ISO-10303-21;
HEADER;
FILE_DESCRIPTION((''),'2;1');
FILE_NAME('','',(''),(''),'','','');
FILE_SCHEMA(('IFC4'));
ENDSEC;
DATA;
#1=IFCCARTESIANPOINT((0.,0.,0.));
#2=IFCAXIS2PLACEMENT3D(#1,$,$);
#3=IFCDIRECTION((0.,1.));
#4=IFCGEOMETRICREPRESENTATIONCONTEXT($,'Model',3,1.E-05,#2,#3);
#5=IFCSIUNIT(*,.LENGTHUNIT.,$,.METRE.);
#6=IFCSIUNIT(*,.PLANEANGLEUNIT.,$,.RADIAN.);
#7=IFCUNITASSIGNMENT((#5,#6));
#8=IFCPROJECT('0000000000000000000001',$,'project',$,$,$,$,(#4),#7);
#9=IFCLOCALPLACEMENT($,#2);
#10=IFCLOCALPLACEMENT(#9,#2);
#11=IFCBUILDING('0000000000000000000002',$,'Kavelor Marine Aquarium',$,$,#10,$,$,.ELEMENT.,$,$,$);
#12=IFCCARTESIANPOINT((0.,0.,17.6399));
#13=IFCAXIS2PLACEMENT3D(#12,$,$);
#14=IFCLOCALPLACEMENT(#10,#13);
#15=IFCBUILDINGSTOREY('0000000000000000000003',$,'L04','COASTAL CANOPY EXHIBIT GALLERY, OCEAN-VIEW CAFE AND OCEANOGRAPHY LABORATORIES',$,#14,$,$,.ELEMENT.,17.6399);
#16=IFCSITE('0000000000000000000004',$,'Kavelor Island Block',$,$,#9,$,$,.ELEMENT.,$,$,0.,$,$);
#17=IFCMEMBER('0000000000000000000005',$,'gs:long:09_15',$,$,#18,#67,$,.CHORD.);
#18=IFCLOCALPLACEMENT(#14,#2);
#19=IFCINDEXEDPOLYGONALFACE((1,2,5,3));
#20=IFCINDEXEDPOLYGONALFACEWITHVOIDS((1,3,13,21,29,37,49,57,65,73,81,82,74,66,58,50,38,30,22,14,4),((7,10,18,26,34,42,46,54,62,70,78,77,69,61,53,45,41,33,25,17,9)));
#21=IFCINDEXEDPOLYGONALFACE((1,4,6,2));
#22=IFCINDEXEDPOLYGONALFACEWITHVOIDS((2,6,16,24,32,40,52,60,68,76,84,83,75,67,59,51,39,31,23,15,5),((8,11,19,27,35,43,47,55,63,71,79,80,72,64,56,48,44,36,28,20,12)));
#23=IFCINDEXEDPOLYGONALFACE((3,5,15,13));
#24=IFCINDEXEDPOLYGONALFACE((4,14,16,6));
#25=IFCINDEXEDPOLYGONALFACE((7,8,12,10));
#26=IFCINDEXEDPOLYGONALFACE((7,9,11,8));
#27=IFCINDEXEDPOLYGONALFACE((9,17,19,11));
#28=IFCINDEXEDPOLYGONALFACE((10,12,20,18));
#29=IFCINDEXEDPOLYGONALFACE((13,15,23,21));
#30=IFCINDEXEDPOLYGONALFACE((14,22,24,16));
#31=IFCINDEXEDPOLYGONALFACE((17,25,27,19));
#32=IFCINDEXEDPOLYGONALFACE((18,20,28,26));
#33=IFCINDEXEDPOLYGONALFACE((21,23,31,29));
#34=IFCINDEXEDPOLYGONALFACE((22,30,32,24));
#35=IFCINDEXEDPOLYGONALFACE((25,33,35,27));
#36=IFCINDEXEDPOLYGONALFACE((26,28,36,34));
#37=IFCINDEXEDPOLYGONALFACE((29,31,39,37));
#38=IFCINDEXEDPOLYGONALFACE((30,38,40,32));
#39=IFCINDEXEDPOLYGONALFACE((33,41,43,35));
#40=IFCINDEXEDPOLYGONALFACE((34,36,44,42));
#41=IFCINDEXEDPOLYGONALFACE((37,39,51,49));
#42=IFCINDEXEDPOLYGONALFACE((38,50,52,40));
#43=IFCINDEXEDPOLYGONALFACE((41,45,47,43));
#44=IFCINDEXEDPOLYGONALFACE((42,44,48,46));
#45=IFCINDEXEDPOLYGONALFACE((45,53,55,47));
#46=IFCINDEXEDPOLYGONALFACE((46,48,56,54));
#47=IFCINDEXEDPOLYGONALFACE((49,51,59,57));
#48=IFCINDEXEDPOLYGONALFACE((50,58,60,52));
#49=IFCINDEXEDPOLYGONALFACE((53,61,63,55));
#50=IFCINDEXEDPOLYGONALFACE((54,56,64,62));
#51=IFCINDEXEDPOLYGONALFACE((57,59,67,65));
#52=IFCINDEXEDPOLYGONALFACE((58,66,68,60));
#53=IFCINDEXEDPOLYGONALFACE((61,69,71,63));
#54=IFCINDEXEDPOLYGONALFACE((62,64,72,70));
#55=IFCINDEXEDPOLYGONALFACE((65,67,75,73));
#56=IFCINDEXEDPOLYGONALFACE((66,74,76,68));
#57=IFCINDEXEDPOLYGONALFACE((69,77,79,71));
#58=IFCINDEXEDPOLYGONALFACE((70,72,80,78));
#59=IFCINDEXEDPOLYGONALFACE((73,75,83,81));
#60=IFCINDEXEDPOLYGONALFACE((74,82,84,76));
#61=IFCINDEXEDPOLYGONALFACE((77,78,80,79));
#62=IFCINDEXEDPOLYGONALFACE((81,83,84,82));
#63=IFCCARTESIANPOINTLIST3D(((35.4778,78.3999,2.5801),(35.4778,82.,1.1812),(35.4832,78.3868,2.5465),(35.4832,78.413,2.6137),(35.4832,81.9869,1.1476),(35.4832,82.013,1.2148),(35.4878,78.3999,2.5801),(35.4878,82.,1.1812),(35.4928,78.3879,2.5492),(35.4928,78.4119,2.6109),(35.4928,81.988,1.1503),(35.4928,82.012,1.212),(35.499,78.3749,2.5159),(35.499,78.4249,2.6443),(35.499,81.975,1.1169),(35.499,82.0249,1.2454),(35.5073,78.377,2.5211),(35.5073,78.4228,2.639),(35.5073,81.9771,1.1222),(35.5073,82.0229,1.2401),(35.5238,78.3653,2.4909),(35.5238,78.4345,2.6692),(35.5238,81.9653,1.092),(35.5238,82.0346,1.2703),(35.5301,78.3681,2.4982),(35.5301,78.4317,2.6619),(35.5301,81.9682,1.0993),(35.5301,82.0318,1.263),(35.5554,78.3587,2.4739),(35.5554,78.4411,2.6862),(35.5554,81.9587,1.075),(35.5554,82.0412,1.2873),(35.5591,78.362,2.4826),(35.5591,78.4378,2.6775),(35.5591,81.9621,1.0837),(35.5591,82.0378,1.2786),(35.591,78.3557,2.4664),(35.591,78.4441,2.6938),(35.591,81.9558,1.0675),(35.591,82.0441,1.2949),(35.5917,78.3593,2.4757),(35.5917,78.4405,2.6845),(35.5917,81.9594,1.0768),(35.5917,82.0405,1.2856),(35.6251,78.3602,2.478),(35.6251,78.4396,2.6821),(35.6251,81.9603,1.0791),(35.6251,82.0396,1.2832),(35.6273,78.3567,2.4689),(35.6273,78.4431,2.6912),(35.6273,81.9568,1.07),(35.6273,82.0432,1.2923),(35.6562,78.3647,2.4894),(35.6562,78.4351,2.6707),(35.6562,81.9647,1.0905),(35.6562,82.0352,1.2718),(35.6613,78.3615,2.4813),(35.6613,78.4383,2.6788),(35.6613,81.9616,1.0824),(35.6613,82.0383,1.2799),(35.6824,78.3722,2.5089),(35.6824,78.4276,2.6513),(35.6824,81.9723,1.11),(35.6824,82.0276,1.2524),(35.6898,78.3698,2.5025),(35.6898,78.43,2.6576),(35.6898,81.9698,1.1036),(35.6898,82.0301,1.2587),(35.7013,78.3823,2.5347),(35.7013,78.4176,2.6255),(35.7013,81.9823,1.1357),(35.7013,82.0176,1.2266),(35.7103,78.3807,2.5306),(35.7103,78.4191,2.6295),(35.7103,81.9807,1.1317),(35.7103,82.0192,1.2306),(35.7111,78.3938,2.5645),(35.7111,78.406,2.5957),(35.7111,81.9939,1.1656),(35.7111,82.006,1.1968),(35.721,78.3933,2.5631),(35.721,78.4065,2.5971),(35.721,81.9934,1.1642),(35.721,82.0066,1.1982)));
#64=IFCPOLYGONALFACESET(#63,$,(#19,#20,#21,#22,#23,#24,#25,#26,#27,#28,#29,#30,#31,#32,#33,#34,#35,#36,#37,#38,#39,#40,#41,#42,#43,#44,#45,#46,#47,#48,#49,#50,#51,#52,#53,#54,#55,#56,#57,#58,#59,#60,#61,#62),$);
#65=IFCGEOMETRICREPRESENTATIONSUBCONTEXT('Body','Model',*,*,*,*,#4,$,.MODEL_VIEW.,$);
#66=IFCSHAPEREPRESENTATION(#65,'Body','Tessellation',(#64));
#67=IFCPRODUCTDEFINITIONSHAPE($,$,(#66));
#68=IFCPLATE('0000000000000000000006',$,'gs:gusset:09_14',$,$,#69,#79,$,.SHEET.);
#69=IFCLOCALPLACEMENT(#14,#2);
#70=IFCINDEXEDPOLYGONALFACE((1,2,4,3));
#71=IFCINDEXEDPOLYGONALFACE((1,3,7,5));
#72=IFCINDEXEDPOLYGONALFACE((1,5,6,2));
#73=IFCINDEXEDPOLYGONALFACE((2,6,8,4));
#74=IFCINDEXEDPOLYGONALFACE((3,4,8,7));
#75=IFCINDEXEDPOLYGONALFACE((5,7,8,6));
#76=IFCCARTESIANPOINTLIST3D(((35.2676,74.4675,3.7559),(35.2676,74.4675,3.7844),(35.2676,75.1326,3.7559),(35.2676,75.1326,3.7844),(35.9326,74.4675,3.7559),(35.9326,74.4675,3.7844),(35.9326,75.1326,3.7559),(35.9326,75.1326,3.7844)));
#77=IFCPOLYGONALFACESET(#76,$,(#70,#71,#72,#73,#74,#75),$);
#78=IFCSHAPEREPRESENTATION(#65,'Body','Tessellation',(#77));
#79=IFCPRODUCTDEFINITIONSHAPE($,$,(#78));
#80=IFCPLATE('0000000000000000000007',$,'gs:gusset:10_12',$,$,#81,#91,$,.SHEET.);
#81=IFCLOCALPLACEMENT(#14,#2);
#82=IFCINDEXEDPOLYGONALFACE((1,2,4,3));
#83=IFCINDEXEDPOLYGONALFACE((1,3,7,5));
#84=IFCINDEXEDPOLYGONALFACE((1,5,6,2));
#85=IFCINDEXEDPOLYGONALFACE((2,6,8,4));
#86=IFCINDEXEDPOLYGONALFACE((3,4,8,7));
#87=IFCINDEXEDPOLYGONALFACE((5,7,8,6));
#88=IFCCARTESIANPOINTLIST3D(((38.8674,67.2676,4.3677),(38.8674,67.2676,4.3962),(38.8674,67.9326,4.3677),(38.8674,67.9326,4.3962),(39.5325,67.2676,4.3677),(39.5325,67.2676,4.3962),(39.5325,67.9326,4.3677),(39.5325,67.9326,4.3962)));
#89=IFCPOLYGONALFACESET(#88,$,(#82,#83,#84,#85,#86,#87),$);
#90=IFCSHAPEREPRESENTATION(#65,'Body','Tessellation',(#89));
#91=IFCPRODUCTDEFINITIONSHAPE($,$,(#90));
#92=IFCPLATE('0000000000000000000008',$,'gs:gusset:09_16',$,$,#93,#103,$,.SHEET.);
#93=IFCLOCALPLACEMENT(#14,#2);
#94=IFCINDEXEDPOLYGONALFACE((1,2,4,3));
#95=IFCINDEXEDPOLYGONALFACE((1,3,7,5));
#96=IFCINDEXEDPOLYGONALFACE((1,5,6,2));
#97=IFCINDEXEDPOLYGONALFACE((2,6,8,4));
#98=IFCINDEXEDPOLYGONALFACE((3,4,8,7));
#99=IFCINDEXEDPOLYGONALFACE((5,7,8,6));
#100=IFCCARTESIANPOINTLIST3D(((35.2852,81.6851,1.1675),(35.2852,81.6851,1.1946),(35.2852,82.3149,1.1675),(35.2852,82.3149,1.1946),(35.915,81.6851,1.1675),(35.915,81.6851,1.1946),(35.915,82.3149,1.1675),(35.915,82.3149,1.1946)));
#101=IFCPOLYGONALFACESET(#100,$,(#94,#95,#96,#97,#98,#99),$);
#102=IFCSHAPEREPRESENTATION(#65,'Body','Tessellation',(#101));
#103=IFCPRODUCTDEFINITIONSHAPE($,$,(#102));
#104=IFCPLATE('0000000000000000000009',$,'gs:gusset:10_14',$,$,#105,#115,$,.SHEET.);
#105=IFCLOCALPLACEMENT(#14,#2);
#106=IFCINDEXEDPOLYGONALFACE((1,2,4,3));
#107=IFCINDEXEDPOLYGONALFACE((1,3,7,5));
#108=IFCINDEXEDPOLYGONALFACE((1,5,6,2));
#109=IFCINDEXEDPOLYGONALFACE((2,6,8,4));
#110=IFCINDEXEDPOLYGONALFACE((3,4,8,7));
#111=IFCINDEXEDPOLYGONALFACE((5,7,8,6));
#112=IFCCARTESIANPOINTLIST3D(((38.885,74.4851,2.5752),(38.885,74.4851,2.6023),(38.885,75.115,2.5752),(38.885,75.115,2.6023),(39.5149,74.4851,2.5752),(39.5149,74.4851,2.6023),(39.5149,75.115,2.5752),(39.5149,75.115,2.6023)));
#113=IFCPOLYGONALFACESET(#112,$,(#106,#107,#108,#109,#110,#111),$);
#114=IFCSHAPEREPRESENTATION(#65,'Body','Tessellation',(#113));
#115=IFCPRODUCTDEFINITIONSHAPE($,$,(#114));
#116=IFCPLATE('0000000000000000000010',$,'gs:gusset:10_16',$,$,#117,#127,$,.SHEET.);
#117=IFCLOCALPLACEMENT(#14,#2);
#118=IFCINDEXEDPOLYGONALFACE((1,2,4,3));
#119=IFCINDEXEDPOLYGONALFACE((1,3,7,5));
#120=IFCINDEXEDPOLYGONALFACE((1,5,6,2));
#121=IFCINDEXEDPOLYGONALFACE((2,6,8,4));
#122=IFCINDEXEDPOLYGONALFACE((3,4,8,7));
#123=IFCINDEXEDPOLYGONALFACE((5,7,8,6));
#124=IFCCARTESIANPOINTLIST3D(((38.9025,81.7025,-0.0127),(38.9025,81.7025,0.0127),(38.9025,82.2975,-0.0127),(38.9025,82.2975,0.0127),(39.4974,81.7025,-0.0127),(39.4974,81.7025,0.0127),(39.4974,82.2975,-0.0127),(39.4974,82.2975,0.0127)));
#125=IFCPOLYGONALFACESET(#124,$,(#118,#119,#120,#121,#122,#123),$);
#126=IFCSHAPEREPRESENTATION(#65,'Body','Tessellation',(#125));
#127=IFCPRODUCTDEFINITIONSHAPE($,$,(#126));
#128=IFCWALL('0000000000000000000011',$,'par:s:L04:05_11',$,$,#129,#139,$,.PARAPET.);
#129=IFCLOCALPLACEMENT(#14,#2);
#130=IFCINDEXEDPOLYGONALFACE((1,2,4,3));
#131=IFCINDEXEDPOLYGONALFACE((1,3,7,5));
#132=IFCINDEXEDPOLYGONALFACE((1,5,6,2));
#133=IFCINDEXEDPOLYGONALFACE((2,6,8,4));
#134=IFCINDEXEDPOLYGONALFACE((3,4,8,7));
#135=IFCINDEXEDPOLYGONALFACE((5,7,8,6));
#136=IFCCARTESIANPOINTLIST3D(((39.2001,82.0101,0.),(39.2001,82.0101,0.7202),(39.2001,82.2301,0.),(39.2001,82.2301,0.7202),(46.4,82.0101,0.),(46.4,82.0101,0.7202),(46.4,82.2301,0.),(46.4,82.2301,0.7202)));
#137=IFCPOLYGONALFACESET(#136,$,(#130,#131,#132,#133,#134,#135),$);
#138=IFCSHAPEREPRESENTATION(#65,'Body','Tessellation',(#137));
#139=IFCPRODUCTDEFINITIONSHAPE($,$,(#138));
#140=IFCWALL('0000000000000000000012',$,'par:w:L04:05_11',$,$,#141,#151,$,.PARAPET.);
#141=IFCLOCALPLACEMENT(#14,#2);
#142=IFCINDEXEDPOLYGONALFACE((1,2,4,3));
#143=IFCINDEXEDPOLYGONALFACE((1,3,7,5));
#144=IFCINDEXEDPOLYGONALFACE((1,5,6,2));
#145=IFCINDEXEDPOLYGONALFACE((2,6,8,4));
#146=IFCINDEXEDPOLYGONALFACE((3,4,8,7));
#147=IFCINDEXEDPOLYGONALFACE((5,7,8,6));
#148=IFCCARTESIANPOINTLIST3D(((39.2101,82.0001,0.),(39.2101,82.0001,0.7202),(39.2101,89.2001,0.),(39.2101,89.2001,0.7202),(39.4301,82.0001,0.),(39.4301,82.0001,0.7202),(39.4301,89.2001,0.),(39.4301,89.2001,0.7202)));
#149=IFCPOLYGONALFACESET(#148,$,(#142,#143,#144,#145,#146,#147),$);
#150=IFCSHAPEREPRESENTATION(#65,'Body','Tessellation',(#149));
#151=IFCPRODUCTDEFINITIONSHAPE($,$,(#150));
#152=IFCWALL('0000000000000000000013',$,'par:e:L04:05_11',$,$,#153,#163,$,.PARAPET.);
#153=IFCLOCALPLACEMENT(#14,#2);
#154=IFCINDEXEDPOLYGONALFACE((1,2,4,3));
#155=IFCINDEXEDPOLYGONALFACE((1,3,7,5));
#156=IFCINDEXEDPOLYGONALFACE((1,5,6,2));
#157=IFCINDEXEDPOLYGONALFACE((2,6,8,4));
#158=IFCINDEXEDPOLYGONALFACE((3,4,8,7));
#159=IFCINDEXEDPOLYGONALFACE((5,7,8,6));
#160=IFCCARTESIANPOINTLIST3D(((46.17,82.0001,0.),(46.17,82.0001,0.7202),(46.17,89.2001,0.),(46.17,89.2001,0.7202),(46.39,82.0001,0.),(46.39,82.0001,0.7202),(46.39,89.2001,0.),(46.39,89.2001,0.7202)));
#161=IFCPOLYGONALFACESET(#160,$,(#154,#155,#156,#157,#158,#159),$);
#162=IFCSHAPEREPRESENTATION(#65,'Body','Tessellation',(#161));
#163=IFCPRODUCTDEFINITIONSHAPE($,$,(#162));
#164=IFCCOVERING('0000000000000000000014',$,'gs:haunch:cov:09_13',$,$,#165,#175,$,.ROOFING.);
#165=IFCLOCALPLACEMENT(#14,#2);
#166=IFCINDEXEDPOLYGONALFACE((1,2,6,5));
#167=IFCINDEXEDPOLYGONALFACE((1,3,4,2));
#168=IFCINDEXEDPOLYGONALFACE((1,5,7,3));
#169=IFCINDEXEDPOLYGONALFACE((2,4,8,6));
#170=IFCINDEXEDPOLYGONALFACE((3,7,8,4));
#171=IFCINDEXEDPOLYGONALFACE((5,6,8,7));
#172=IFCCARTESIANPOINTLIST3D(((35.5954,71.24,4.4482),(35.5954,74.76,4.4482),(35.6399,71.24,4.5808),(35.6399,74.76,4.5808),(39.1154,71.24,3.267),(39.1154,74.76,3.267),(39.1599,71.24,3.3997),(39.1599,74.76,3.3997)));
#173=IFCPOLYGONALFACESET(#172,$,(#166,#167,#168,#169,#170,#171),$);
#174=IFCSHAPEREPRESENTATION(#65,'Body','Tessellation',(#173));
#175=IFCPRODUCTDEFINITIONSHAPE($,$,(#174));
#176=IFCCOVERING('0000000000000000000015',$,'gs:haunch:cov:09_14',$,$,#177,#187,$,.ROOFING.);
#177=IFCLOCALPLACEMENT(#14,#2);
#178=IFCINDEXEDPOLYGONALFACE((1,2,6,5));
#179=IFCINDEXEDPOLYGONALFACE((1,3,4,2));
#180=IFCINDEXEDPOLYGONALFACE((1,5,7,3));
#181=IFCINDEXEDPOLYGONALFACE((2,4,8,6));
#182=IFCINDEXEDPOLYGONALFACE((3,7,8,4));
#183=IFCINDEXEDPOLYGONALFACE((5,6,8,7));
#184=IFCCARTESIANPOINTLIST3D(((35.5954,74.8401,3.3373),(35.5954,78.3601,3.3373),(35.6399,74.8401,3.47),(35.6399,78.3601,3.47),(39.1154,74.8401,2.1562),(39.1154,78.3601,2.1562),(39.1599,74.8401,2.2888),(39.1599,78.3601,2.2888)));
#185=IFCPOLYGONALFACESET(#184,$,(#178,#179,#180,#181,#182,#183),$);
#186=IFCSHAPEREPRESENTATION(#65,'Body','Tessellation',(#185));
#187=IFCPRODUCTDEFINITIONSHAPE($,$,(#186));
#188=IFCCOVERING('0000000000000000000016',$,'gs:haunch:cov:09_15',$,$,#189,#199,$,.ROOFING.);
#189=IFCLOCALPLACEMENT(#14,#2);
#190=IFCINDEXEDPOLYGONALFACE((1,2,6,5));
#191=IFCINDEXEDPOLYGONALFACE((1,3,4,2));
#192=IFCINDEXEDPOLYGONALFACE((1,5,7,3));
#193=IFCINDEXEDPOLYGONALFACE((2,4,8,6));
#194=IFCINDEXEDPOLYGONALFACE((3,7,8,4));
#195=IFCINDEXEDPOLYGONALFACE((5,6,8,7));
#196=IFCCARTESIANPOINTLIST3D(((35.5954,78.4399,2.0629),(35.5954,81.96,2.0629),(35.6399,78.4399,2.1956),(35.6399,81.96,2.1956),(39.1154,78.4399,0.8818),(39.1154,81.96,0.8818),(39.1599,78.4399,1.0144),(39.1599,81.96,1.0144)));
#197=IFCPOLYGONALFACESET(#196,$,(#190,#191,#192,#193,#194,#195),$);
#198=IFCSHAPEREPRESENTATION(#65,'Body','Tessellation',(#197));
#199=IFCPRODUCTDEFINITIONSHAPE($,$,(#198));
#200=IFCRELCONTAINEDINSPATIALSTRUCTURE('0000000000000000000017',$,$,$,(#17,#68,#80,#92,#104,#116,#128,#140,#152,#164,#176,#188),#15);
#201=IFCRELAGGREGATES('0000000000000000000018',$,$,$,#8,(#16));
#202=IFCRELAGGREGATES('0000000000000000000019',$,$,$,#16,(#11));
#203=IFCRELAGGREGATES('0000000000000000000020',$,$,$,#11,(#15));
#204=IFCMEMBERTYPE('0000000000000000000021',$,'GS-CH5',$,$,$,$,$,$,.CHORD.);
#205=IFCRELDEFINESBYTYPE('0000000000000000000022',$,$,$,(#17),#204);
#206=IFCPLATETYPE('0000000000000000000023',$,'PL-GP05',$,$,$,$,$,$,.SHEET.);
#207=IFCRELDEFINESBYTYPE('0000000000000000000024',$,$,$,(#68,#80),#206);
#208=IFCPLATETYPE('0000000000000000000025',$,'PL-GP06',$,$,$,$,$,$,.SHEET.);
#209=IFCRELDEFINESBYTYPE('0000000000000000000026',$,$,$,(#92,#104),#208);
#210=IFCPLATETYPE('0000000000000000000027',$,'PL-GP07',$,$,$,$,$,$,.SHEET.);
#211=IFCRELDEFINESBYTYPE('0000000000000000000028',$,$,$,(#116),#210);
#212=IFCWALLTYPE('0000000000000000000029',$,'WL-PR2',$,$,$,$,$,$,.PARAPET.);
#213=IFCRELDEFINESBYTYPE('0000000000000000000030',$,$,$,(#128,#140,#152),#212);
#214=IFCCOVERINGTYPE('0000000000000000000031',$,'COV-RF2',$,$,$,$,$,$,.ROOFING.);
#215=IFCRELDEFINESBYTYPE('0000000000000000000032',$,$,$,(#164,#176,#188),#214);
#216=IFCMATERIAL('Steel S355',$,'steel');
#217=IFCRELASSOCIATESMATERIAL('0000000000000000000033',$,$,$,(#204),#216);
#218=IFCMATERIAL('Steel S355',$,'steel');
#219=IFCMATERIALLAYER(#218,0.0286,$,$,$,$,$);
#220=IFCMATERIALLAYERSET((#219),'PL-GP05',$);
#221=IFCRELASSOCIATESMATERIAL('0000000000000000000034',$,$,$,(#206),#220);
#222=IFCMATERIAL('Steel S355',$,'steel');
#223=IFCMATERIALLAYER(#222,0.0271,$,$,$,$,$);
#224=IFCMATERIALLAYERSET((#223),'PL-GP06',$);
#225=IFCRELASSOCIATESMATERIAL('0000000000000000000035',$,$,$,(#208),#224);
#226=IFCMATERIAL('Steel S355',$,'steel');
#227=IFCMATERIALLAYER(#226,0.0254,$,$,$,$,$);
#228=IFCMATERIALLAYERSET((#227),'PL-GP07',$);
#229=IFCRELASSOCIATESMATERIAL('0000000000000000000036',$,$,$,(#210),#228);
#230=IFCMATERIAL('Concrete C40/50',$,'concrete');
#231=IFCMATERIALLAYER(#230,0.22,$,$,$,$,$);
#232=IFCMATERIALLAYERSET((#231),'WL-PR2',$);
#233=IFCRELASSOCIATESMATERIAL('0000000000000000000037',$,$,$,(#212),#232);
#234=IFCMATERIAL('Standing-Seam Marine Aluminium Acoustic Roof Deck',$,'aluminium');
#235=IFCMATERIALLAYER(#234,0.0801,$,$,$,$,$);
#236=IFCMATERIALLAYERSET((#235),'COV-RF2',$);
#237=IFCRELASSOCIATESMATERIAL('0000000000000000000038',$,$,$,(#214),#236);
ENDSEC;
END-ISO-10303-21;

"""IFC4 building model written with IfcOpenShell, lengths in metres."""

from ifc_helpers import new_model, si_unit, direction, frame, frame_2d, origin, origin_2d, place, context, subcontext, project, spatial, polyline, rectangle, hollow_circle, outline, extrude, material, layer, layer_set, material_profile, profile_set, type_object, element, save


model = new_model("IFC4")

# Units and contexts
model_context = context("Model", 3, precision=1e-05, world=origin(), true_north=direction((0.0, 1.0)))
body_context = subcontext(model_context, "Body", "Model", "MODEL_VIEW")
ifc_project = project(units=[si_unit("LENGTHUNIT", "METRE"), si_unit("PLANEANGLEUNIT", "RADIAN")], contexts=[model_context])

# Site, building, storey
site_placement = place(None, origin())
site = spatial("IfcSite", under=ifc_project, at=site_placement, Name="Kavelor Island Block", CompositionType="ELEMENT", RefElevation=0.0)
building_placement = place(site_placement, origin())
building = spatial("IfcBuilding", under=site, at=building_placement, Name="Kavelor Marine Aquarium", CompositionType="ELEMENT")
storey_placement = place(building_placement, frame((0.0, 0.0, 17.6399)))
storey = spatial("IfcBuildingStorey", under=building, at=storey_placement, Name="L04", Description="COASTAL CANOPY EXHIBIT GALLERY, OCEAN-VIEW CAFE AND OCEANOGRAPHY LABORATORIES", CompositionType="ELEMENT", Elevation=17.6399)

# Member
ifc_material_1 = material(Name="Steel S355", Category="steel")
ifc_material_profile_1 = material_profile(ifc_material_1, hollow_circle(Radius=0.1223, WallThickness=0.01, at=origin_2d()), Name="CHS 244.5x10.0")
ifc_profile_set_1 = profile_set([ifc_material_profile_1], Name="Steel S355")
member_type_1 = type_object("IfcMemberType", Name="GS-CH5", PredefinedType="CHORD", material=ifc_profile_set_1)
member_1_placement = place(storey_placement, frame((35.6001, 78.3999, 2.5801), z_axis=(0.0, 0.932102, -0.362196), x_axis=(-1.0, 0.0, 0.0)))
element("IfcMember", 1, at=member_1_placement, inside=storey, type_object=member_type_1, Name="gs:long:09_15", PredefinedType="CHORD", context=body_context, shape_type="SweptSolid", body=[
    extrude(hollow_circle(Radius=0.1223, WallThickness=0.01, at=origin_2d()), origin(), (0.0, 0.0, 1.0), 3.8623),
])

# Plates
ifc_material_2 = material(Name="Steel S355", Category="steel")
ifc_layer_1 = layer(ifc_material_2, 0.0286)
ifc_layer_set_1 = layer_set([ifc_layer_1], Name="PL-GP05")
plate_type_1 = type_object("IfcPlateType", Name="PL-GP05", PredefinedType="SHEET", material=ifc_layer_set_1)
for number, where, z_axis, x_axis, name in (
    (2, (35.6001, 74.8, 3.7559), (0.0, 0.0, 1.0), (1.0, 0.0, 0.0), "gs:gusset:09_14"),
    (3, (39.2, 67.6001, 4.3677), (0.0, 0.0, 1.0), (1.0, 0.0, 0.0), "gs:gusset:10_12"),
):
    element("IfcPlate", number, at=place(storey_placement, frame(where, z_axis=z_axis, x_axis=x_axis)), inside=storey, type_object=plate_type_1, Name=name, PredefinedType="SHEET", context=body_context, shape_type="SweptSolid", body=[
        extrude(rectangle(XDim=0.665, YDim=0.665, at=origin_2d()), origin(), (0.0, 0.0, 1.0), 0.0286),
    ])
ifc_material_3 = material(Name="Steel S355", Category="steel")
ifc_layer_2 = layer(ifc_material_3, 0.0271)
ifc_layer_set_2 = layer_set([ifc_layer_2], Name="PL-GP06")
plate_type_2 = type_object("IfcPlateType", Name="PL-GP06", PredefinedType="SHEET", material=ifc_layer_set_2)
for number, where, z_axis, x_axis, name in (
    (4, (35.6001, 82.0, 1.1675), (0.0, 0.0, 1.0), (1.0, 0.0, 0.0), "gs:gusset:09_16"),
    (5, (39.2, 74.8, 2.5752), (0.0, 0.0, 1.0), (1.0, 0.0, 0.0), "gs:gusset:10_14"),
):
    element("IfcPlate", number, at=place(storey_placement, frame(where, z_axis=z_axis, x_axis=x_axis)), inside=storey, type_object=plate_type_2, Name=name, PredefinedType="SHEET", context=body_context, shape_type="SweptSolid", body=[
        extrude(rectangle(XDim=0.6299, YDim=0.6299, at=origin_2d()), origin(), (0.0, 0.0, 1.0), 0.0271),
    ])
ifc_material_4 = material(Name="Steel S355", Category="steel")
ifc_layer_3 = layer(ifc_material_4, 0.0254)
ifc_layer_set_3 = layer_set([ifc_layer_3], Name="PL-GP07")
plate_type_3 = type_object("IfcPlateType", Name="PL-GP07", PredefinedType="SHEET", material=ifc_layer_set_3)
plate_placement = place(storey_placement, frame((39.2, 82.0, -0.0127), z_axis=(0.0, 0.0, 1.0), x_axis=(1.0, 0.0, 0.0)))
element("IfcPlate", 6, at=plate_placement, inside=storey, type_object=plate_type_3, Name="gs:gusset:10_16", PredefinedType="SHEET", context=body_context, shape_type="SweptSolid", body=[
    extrude(rectangle(XDim=0.595, YDim=0.595, at=origin_2d()), origin(), (0.0, 0.0, 1.0), 0.0254),
])

# Walls
ifc_material_5 = material(Name="Concrete C40/50", Category="concrete")
ifc_layer_4 = layer(ifc_material_5, 0.22)
ifc_layer_set_4 = layer_set([ifc_layer_4], Name="WL-PR2")
wall_type = type_object("IfcWallType", Name="WL-PR2", PredefinedType="PARAPET", material=ifc_layer_set_4)
for number, where, z_axis, x_axis, name in (
    (7, (39.2, 82.1201, 0.0), (0.0, 0.0, 1.0), (1.0, 0.0, 0.0), "par:s:L04:05_11"),
    (8, (39.3201, 82.0, 0.0), (0.0, 0.0, 1.0), (0.0, 1.0, 0.0), "par:w:L04:05_11"),
    (9, (46.28, 82.0, 0.0), (0.0, 0.0, 1.0), (0.0, 1.0, 0.0), "par:e:L04:05_11"),
):
    element("IfcWall", number, at=place(storey_placement, frame(where, z_axis=z_axis, x_axis=x_axis)), inside=storey, type_object=wall_type, Name=name, PredefinedType="PARAPET", context=body_context, shape_type="SweptSolid", body=[
        extrude(rectangle(XDim=7.2, YDim=0.22, at=frame_2d((3.6001, 0.0))), origin(), (0.0, 0.0, 1.0), 0.7202),
    ])

# Coverings
ifc_material_6 = material(Name="Standing-Seam Marine Aluminium Acoustic Roof Deck", Category="aluminium")
ifc_layer_5 = layer(ifc_material_6, 0.0801)
ifc_layer_set_5 = layer_set([ifc_layer_5], Name="COV-RF2")
covering_type = type_object("IfcCoveringType", Name="COV-RF2", PredefinedType="ROOFING", material=ifc_layer_set_5)
for number, where, z_axis, x_axis, name in (
    (10, (35.6399, 71.24, 4.5808), (0.318121, 0.0, 0.94805), (0.94805, 0.0, -0.318121), "gs:haunch:cov:09_13"),
    (11, (35.6399, 74.8401, 3.47), (0.318121, 0.0, 0.94805), (0.94805, 0.0, -0.318121), "gs:haunch:cov:09_14"),
    (12, (35.6399, 78.4399, 2.1956), (0.318121, 0.0, 0.94805), (0.94805, 0.0, -0.318121), "gs:haunch:cov:09_15"),
):
    element("IfcCovering", number, at=place(storey_placement, frame(where, z_axis=z_axis, x_axis=x_axis)), inside=storey, type_object=covering_type, Name=name, PredefinedType="ROOFING", context=body_context, shape_type="SweptSolid", body=[
        extrude(outline(polyline([(0.0, 0.0), (3.7129, 0.0), (3.7129, 3.52), (0.0, 3.52), (0.0, 0.0)])), origin(), (0.0, 0.0, -1.0), 0.1399),
    ])

save(model, "model.ifc")
